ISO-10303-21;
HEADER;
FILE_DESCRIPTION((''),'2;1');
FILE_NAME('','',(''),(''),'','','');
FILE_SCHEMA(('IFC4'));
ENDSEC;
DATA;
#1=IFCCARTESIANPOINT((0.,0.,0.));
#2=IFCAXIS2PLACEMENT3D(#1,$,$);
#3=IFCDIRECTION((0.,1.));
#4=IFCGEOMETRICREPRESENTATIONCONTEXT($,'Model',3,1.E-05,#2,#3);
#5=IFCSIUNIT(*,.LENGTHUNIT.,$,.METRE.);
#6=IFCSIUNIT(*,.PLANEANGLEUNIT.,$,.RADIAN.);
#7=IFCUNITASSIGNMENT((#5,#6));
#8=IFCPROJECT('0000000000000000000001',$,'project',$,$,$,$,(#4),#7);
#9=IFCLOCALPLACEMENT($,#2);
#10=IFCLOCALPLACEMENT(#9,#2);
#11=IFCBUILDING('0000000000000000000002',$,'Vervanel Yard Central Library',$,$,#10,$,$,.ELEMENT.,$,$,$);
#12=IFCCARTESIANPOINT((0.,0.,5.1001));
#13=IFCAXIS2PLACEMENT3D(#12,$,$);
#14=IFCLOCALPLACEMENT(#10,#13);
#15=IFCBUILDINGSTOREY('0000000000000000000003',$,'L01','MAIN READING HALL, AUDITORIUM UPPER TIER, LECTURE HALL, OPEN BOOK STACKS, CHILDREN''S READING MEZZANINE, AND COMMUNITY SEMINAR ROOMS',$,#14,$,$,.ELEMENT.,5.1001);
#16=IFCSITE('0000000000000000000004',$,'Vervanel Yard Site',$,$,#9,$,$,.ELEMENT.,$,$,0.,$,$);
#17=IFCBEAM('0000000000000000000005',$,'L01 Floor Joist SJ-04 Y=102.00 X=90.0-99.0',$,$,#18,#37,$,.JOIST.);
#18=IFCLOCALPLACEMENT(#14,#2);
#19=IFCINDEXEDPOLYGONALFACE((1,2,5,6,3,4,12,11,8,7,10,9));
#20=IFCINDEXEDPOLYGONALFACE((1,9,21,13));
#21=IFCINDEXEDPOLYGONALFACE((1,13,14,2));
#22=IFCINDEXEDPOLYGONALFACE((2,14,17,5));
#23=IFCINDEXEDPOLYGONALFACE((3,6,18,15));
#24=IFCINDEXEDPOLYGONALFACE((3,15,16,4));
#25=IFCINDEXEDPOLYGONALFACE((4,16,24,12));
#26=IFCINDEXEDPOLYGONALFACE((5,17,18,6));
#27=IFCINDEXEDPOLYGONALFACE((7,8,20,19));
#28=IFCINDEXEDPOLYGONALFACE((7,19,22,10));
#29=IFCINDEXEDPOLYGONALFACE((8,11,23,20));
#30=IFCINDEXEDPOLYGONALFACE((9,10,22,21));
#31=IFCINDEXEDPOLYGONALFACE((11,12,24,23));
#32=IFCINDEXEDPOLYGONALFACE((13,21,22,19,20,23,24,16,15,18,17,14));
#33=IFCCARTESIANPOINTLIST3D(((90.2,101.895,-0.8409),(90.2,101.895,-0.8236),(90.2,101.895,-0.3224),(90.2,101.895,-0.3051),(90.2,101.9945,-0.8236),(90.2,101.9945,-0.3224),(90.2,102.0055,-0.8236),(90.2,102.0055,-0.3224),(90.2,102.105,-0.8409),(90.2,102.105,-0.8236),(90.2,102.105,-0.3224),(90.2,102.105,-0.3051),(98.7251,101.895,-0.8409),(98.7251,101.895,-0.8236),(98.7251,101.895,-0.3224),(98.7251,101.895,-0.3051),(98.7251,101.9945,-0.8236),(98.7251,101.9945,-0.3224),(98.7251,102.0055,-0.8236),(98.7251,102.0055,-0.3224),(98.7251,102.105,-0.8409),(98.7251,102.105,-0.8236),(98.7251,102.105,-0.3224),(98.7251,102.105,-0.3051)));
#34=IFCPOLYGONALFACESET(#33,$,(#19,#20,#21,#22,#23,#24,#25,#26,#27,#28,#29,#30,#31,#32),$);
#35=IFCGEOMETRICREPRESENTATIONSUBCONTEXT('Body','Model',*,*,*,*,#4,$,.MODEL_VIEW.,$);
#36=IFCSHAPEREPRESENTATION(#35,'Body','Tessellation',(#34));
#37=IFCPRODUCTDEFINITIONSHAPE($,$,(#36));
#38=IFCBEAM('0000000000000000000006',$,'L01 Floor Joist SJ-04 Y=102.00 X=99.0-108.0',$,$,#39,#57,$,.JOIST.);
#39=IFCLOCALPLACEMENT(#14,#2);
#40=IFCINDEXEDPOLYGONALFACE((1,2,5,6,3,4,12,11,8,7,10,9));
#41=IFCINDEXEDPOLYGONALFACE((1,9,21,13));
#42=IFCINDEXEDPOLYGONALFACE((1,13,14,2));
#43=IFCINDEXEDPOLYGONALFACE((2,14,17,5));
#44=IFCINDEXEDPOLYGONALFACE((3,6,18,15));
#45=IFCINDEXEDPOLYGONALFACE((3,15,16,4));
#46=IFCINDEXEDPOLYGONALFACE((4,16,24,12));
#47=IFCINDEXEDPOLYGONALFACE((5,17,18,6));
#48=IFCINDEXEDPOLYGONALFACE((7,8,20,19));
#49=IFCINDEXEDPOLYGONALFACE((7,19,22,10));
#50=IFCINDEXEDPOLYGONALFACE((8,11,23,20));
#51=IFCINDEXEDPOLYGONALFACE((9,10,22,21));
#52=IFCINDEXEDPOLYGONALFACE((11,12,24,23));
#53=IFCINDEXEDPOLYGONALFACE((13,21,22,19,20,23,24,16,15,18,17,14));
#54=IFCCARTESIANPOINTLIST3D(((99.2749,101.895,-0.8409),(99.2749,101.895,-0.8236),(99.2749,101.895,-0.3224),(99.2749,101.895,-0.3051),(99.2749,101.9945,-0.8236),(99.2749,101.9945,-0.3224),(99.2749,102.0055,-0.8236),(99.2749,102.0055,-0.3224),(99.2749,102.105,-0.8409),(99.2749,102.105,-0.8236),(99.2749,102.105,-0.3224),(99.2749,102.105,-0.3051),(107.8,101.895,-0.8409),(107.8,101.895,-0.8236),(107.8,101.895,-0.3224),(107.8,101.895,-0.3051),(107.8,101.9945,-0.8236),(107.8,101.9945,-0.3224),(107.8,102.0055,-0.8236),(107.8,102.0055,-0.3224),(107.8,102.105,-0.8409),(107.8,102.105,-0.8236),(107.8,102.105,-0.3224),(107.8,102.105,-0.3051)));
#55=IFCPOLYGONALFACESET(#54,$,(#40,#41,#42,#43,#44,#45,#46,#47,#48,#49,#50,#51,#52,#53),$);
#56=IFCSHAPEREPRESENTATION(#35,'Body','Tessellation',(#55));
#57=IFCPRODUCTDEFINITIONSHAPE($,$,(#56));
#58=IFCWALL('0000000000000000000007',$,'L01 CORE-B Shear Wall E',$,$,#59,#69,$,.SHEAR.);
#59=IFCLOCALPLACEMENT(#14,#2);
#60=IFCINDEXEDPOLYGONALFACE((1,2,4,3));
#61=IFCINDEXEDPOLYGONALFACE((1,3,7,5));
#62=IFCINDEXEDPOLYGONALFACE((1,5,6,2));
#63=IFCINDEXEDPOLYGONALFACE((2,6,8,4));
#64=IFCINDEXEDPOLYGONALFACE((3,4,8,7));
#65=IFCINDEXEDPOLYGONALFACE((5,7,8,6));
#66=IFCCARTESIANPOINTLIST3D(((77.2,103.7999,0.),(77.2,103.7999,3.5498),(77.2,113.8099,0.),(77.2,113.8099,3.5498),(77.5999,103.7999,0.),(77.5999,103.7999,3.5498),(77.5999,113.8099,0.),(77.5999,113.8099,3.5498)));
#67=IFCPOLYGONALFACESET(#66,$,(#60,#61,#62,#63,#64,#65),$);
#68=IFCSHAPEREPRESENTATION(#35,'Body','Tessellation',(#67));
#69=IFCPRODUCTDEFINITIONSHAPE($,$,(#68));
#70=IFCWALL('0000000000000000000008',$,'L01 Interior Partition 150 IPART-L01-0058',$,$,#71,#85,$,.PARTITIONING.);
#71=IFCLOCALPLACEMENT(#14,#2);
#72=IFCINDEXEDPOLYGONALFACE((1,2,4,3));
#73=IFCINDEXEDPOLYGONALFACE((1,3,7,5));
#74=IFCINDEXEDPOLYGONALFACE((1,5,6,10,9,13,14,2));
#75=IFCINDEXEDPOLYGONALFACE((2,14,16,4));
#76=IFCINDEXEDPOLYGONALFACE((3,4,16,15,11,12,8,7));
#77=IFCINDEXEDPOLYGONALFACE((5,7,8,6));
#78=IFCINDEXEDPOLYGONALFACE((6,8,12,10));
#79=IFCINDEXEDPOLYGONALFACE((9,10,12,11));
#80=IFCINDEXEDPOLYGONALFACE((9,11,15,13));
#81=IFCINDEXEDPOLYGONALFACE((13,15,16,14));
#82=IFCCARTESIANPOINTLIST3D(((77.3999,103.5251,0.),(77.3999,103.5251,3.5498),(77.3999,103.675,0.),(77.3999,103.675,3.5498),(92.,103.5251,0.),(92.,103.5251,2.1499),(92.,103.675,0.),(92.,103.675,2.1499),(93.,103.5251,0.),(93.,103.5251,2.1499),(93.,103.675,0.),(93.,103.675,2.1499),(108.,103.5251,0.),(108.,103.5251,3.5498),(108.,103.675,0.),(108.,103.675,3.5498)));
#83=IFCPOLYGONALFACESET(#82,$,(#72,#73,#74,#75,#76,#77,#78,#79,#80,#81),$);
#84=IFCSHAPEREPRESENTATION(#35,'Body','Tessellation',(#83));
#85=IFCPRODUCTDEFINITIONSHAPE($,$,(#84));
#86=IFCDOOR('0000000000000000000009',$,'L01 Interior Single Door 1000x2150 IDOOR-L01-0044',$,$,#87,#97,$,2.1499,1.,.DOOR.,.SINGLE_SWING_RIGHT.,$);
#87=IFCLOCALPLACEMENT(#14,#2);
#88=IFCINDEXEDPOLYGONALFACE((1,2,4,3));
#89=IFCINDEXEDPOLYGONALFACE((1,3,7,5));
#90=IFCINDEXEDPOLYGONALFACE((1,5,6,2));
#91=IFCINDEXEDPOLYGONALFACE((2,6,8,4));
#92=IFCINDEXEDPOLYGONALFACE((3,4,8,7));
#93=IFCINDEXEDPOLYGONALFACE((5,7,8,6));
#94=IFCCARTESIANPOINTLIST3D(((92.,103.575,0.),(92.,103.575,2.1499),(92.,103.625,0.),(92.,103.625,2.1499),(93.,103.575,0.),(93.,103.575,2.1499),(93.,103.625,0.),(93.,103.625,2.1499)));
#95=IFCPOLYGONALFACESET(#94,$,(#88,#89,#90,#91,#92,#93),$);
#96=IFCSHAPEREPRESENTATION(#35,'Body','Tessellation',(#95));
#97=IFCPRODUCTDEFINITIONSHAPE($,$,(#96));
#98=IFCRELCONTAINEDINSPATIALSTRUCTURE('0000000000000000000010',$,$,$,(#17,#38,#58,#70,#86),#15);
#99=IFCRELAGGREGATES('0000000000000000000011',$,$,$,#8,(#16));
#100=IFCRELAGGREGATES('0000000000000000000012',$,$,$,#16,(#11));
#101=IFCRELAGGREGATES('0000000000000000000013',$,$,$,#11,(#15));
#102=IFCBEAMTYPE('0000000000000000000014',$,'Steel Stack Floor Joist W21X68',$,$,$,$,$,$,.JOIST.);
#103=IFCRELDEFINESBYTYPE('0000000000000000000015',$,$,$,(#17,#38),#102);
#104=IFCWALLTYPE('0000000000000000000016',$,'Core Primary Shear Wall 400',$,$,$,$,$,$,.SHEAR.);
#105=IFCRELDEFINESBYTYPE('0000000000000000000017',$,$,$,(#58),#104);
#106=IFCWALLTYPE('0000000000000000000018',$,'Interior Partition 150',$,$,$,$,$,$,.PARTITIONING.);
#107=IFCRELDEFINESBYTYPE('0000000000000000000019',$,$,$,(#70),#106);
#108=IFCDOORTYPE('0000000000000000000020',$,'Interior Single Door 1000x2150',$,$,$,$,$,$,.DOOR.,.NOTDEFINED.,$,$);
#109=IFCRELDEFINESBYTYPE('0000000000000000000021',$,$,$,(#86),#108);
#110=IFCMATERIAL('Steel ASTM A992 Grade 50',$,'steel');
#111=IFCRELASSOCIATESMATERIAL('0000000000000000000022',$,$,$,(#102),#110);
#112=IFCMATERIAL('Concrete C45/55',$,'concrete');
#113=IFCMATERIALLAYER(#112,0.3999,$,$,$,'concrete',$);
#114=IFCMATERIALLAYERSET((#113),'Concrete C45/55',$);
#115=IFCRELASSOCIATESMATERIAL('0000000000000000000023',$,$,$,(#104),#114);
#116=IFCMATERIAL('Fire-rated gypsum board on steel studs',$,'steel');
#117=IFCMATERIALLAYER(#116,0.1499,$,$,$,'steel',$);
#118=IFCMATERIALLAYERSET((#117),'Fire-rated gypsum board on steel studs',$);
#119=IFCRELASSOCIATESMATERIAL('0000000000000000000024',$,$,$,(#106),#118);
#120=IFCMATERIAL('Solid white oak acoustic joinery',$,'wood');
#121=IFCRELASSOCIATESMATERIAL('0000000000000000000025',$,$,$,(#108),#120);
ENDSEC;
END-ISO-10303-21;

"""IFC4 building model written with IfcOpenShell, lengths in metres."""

from ifc_helpers import new_model, si_unit, direction, frame, frame_2d, origin, origin_2d, place, context, subcontext, project, spatial, rectangle, i_section, extrude, material, layer, layer_set, material_profile, profile_set, type_object, element, fill, save


model = new_model("IFC4")

# Units and contexts
model_context = context("Model", 3, precision=1e-05, world=origin(), true_north=direction((0.0, 1.0)))
body_context = subcontext(model_context, "Body", "Model", "MODEL_VIEW")
ifc_project = project(units=[si_unit("LENGTHUNIT", "METRE"), si_unit("PLANEANGLEUNIT", "RADIAN")], contexts=[model_context])

# Site, building, storey
site_placement = place(None, origin())
site = spatial("IfcSite", under=ifc_project, at=site_placement, Name="Vervanel Yard Site", CompositionType="ELEMENT", RefElevation=0.0)
building_placement = place(site_placement, origin())
building = spatial("IfcBuilding", under=site, at=building_placement, Name="Vervanel Yard Central Library", CompositionType="ELEMENT")
storey_placement = place(building_placement, frame((0.0, 0.0, 5.1001)))
storey = spatial("IfcBuildingStorey", under=building, at=storey_placement, Name="L01", Description="MAIN READING HALL, AUDITORIUM UPPER TIER, LECTURE HALL, OPEN BOOK STACKS, CHILDREN'S READING MEZZANINE, AND COMMUNITY SEMINAR ROOMS", CompositionType="ELEMENT", Elevation=5.1001)

# Shared definitions
ifc_material_1 = material(Name="Concrete C45/55", Category="concrete")

# Beams
ifc_material_2 = material(Name="Steel ASTM A992 Grade 50", Category="steel")
ifc_material_profile_1 = material_profile(ifc_material_2, i_section(OverallWidth=0.21, OverallDepth=0.5359, WebThickness=0.011, FlangeThickness=0.0173, at=origin_2d()), Name="W21X68", Category="steel")
ifc_profile_set_1 = profile_set([ifc_material_profile_1], Name="Steel ASTM A992 Grade 50")
beam_type_1 = type_object("IfcBeamType", Name="Steel Stack Floor Joist W21X68", PredefinedType="JOIST", material=ifc_profile_set_1)
for number, where, z_axis, x_axis, name in (
    (1, (90.2, 102.0, -0.573), (1.0, 0.0, 0.0), (0.0, 1.0, 0.0), "L01 Floor Joist SJ-04 Y=102.00 X=90.0-99.0"),
    (2, (99.2749, 102.0, -0.573), (1.0, 0.0, 0.0), (0.0, 1.0, 0.0), "L01 Floor Joist SJ-04 Y=102.00 X=99.0-108.0"),
):
    element("IfcBeam", number, at=place(storey_placement, frame(where, z_axis=z_axis, x_axis=x_axis)), inside=storey, type_object=beam_type_1, Name=name, PredefinedType="JOIST", context=body_context, shape_type="SweptSolid", body=[
        extrude(i_section(OverallWidth=0.21, OverallDepth=0.5359, WebThickness=0.011, FlangeThickness=0.0173, at=origin_2d()), origin(), (0.0, 0.0, 1.0), 8.5251),
    ])

# Wall
ifc_layer_1 = layer(ifc_material_1, 0.3999, Category="concrete")
ifc_layer_set_1 = layer_set([ifc_layer_1], Name="Concrete C45/55")
wall_type_1 = type_object("IfcWallType", Name="Core Primary Shear Wall 400", PredefinedType="SHEAR", material=ifc_layer_set_1)
wall_1_placement = place(storey_placement, frame((77.3999, 103.8, 0.0), z_axis=(0.0, 0.0, 1.0), x_axis=(0.0, 1.0, 0.0)))
element("IfcWall", 3, at=wall_1_placement, inside=storey, type_object=wall_type_1, Name="L01 CORE-B Shear Wall E", PredefinedType="SHEAR", context=body_context, shape_type="SweptSolid", body=[
    extrude(rectangle(XDim=10.01, YDim=0.3999, at=frame_2d((5.0049, 0.0))), origin(), (0.0, 0.0, 1.0), 3.5498),
])

# Wall, opening, door
ifc_material_3 = material(Name="Fire-rated gypsum board on steel studs", Category="steel")
ifc_layer_2 = layer(ifc_material_3, 0.1499, Category="steel")
ifc_layer_set_2 = layer_set([ifc_layer_2], Name="Fire-rated gypsum board on steel studs")
wall_type_2 = type_object("IfcWallType", Name="Interior Partition 150", PredefinedType="PARTITIONING", material=ifc_layer_set_2)
wall_2_placement = place(storey_placement, frame((77.3999, 103.6001, 0.0), z_axis=(0.0, 0.0, 1.0), x_axis=(1.0, 0.0, 0.0)))
wall_2 = element("IfcWall", 4, at=wall_2_placement, inside=storey, type_object=wall_type_2, Name="L01 Interior Partition 150 IPART-L01-0058", PredefinedType="PARTITIONING", context=body_context, shape_type="SweptSolid", body=[
    extrude(rectangle(XDim=30.6001, YDim=0.1499, at=frame_2d((15.3, 0.0))), origin(), (0.0, 0.0, 1.0), 3.5498),
])
opening_1_placement = place(wall_2_placement, frame((14.6001, 0.0, 0.0)))
opening_1 = element("IfcOpeningElement", 5, at=opening_1_placement, cuts=wall_2, PredefinedType="OPENING", context=body_context, shape_type="SweptSolid", body=[
    extrude(rectangle(XDim=1.0, YDim=2.1499, at=frame_2d((0.5, 1.075))), frame((0.0, 0.085, 0.0), z_axis=(0.0, -1.0, 0.0), x_axis=(1.0, 0.0, 0.0)), (0.0, 0.0, 1.0), 0.1699),
])
ifc_material_4 = material(Name="Solid white oak acoustic joinery", Category="wood")
door_type_1 = type_object("IfcDoorType", Name="Interior Single Door 1000x2150", OperationType="NOTDEFINED", PredefinedType="DOOR", material=ifc_material_4)
door_1_placement = place(opening_1_placement, origin())
door_1 = element("IfcDoor", 6, at=door_1_placement, inside=storey, type_object=door_type_1, Name="L01 Interior Single Door 1000x2150 IDOOR-L01-0044", OperationType="SINGLE_SWING_RIGHT", OverallHeight=2.1499, OverallWidth=1.0, PredefinedType="DOOR", context=body_context, shape_type="SweptSolid", body=[
    extrude(rectangle(XDim=1.0, YDim=2.1499, at=frame_2d((0.5, 1.075))), frame((0.0, 0.0249, 0.0), z_axis=(0.0, -1.0, 0.0), x_axis=(1.0, 0.0, 0.0)), (0.0, 0.0, 1.0), 0.05),
])
fill(opening_1, door_1)

save(model, "model.ifc")
